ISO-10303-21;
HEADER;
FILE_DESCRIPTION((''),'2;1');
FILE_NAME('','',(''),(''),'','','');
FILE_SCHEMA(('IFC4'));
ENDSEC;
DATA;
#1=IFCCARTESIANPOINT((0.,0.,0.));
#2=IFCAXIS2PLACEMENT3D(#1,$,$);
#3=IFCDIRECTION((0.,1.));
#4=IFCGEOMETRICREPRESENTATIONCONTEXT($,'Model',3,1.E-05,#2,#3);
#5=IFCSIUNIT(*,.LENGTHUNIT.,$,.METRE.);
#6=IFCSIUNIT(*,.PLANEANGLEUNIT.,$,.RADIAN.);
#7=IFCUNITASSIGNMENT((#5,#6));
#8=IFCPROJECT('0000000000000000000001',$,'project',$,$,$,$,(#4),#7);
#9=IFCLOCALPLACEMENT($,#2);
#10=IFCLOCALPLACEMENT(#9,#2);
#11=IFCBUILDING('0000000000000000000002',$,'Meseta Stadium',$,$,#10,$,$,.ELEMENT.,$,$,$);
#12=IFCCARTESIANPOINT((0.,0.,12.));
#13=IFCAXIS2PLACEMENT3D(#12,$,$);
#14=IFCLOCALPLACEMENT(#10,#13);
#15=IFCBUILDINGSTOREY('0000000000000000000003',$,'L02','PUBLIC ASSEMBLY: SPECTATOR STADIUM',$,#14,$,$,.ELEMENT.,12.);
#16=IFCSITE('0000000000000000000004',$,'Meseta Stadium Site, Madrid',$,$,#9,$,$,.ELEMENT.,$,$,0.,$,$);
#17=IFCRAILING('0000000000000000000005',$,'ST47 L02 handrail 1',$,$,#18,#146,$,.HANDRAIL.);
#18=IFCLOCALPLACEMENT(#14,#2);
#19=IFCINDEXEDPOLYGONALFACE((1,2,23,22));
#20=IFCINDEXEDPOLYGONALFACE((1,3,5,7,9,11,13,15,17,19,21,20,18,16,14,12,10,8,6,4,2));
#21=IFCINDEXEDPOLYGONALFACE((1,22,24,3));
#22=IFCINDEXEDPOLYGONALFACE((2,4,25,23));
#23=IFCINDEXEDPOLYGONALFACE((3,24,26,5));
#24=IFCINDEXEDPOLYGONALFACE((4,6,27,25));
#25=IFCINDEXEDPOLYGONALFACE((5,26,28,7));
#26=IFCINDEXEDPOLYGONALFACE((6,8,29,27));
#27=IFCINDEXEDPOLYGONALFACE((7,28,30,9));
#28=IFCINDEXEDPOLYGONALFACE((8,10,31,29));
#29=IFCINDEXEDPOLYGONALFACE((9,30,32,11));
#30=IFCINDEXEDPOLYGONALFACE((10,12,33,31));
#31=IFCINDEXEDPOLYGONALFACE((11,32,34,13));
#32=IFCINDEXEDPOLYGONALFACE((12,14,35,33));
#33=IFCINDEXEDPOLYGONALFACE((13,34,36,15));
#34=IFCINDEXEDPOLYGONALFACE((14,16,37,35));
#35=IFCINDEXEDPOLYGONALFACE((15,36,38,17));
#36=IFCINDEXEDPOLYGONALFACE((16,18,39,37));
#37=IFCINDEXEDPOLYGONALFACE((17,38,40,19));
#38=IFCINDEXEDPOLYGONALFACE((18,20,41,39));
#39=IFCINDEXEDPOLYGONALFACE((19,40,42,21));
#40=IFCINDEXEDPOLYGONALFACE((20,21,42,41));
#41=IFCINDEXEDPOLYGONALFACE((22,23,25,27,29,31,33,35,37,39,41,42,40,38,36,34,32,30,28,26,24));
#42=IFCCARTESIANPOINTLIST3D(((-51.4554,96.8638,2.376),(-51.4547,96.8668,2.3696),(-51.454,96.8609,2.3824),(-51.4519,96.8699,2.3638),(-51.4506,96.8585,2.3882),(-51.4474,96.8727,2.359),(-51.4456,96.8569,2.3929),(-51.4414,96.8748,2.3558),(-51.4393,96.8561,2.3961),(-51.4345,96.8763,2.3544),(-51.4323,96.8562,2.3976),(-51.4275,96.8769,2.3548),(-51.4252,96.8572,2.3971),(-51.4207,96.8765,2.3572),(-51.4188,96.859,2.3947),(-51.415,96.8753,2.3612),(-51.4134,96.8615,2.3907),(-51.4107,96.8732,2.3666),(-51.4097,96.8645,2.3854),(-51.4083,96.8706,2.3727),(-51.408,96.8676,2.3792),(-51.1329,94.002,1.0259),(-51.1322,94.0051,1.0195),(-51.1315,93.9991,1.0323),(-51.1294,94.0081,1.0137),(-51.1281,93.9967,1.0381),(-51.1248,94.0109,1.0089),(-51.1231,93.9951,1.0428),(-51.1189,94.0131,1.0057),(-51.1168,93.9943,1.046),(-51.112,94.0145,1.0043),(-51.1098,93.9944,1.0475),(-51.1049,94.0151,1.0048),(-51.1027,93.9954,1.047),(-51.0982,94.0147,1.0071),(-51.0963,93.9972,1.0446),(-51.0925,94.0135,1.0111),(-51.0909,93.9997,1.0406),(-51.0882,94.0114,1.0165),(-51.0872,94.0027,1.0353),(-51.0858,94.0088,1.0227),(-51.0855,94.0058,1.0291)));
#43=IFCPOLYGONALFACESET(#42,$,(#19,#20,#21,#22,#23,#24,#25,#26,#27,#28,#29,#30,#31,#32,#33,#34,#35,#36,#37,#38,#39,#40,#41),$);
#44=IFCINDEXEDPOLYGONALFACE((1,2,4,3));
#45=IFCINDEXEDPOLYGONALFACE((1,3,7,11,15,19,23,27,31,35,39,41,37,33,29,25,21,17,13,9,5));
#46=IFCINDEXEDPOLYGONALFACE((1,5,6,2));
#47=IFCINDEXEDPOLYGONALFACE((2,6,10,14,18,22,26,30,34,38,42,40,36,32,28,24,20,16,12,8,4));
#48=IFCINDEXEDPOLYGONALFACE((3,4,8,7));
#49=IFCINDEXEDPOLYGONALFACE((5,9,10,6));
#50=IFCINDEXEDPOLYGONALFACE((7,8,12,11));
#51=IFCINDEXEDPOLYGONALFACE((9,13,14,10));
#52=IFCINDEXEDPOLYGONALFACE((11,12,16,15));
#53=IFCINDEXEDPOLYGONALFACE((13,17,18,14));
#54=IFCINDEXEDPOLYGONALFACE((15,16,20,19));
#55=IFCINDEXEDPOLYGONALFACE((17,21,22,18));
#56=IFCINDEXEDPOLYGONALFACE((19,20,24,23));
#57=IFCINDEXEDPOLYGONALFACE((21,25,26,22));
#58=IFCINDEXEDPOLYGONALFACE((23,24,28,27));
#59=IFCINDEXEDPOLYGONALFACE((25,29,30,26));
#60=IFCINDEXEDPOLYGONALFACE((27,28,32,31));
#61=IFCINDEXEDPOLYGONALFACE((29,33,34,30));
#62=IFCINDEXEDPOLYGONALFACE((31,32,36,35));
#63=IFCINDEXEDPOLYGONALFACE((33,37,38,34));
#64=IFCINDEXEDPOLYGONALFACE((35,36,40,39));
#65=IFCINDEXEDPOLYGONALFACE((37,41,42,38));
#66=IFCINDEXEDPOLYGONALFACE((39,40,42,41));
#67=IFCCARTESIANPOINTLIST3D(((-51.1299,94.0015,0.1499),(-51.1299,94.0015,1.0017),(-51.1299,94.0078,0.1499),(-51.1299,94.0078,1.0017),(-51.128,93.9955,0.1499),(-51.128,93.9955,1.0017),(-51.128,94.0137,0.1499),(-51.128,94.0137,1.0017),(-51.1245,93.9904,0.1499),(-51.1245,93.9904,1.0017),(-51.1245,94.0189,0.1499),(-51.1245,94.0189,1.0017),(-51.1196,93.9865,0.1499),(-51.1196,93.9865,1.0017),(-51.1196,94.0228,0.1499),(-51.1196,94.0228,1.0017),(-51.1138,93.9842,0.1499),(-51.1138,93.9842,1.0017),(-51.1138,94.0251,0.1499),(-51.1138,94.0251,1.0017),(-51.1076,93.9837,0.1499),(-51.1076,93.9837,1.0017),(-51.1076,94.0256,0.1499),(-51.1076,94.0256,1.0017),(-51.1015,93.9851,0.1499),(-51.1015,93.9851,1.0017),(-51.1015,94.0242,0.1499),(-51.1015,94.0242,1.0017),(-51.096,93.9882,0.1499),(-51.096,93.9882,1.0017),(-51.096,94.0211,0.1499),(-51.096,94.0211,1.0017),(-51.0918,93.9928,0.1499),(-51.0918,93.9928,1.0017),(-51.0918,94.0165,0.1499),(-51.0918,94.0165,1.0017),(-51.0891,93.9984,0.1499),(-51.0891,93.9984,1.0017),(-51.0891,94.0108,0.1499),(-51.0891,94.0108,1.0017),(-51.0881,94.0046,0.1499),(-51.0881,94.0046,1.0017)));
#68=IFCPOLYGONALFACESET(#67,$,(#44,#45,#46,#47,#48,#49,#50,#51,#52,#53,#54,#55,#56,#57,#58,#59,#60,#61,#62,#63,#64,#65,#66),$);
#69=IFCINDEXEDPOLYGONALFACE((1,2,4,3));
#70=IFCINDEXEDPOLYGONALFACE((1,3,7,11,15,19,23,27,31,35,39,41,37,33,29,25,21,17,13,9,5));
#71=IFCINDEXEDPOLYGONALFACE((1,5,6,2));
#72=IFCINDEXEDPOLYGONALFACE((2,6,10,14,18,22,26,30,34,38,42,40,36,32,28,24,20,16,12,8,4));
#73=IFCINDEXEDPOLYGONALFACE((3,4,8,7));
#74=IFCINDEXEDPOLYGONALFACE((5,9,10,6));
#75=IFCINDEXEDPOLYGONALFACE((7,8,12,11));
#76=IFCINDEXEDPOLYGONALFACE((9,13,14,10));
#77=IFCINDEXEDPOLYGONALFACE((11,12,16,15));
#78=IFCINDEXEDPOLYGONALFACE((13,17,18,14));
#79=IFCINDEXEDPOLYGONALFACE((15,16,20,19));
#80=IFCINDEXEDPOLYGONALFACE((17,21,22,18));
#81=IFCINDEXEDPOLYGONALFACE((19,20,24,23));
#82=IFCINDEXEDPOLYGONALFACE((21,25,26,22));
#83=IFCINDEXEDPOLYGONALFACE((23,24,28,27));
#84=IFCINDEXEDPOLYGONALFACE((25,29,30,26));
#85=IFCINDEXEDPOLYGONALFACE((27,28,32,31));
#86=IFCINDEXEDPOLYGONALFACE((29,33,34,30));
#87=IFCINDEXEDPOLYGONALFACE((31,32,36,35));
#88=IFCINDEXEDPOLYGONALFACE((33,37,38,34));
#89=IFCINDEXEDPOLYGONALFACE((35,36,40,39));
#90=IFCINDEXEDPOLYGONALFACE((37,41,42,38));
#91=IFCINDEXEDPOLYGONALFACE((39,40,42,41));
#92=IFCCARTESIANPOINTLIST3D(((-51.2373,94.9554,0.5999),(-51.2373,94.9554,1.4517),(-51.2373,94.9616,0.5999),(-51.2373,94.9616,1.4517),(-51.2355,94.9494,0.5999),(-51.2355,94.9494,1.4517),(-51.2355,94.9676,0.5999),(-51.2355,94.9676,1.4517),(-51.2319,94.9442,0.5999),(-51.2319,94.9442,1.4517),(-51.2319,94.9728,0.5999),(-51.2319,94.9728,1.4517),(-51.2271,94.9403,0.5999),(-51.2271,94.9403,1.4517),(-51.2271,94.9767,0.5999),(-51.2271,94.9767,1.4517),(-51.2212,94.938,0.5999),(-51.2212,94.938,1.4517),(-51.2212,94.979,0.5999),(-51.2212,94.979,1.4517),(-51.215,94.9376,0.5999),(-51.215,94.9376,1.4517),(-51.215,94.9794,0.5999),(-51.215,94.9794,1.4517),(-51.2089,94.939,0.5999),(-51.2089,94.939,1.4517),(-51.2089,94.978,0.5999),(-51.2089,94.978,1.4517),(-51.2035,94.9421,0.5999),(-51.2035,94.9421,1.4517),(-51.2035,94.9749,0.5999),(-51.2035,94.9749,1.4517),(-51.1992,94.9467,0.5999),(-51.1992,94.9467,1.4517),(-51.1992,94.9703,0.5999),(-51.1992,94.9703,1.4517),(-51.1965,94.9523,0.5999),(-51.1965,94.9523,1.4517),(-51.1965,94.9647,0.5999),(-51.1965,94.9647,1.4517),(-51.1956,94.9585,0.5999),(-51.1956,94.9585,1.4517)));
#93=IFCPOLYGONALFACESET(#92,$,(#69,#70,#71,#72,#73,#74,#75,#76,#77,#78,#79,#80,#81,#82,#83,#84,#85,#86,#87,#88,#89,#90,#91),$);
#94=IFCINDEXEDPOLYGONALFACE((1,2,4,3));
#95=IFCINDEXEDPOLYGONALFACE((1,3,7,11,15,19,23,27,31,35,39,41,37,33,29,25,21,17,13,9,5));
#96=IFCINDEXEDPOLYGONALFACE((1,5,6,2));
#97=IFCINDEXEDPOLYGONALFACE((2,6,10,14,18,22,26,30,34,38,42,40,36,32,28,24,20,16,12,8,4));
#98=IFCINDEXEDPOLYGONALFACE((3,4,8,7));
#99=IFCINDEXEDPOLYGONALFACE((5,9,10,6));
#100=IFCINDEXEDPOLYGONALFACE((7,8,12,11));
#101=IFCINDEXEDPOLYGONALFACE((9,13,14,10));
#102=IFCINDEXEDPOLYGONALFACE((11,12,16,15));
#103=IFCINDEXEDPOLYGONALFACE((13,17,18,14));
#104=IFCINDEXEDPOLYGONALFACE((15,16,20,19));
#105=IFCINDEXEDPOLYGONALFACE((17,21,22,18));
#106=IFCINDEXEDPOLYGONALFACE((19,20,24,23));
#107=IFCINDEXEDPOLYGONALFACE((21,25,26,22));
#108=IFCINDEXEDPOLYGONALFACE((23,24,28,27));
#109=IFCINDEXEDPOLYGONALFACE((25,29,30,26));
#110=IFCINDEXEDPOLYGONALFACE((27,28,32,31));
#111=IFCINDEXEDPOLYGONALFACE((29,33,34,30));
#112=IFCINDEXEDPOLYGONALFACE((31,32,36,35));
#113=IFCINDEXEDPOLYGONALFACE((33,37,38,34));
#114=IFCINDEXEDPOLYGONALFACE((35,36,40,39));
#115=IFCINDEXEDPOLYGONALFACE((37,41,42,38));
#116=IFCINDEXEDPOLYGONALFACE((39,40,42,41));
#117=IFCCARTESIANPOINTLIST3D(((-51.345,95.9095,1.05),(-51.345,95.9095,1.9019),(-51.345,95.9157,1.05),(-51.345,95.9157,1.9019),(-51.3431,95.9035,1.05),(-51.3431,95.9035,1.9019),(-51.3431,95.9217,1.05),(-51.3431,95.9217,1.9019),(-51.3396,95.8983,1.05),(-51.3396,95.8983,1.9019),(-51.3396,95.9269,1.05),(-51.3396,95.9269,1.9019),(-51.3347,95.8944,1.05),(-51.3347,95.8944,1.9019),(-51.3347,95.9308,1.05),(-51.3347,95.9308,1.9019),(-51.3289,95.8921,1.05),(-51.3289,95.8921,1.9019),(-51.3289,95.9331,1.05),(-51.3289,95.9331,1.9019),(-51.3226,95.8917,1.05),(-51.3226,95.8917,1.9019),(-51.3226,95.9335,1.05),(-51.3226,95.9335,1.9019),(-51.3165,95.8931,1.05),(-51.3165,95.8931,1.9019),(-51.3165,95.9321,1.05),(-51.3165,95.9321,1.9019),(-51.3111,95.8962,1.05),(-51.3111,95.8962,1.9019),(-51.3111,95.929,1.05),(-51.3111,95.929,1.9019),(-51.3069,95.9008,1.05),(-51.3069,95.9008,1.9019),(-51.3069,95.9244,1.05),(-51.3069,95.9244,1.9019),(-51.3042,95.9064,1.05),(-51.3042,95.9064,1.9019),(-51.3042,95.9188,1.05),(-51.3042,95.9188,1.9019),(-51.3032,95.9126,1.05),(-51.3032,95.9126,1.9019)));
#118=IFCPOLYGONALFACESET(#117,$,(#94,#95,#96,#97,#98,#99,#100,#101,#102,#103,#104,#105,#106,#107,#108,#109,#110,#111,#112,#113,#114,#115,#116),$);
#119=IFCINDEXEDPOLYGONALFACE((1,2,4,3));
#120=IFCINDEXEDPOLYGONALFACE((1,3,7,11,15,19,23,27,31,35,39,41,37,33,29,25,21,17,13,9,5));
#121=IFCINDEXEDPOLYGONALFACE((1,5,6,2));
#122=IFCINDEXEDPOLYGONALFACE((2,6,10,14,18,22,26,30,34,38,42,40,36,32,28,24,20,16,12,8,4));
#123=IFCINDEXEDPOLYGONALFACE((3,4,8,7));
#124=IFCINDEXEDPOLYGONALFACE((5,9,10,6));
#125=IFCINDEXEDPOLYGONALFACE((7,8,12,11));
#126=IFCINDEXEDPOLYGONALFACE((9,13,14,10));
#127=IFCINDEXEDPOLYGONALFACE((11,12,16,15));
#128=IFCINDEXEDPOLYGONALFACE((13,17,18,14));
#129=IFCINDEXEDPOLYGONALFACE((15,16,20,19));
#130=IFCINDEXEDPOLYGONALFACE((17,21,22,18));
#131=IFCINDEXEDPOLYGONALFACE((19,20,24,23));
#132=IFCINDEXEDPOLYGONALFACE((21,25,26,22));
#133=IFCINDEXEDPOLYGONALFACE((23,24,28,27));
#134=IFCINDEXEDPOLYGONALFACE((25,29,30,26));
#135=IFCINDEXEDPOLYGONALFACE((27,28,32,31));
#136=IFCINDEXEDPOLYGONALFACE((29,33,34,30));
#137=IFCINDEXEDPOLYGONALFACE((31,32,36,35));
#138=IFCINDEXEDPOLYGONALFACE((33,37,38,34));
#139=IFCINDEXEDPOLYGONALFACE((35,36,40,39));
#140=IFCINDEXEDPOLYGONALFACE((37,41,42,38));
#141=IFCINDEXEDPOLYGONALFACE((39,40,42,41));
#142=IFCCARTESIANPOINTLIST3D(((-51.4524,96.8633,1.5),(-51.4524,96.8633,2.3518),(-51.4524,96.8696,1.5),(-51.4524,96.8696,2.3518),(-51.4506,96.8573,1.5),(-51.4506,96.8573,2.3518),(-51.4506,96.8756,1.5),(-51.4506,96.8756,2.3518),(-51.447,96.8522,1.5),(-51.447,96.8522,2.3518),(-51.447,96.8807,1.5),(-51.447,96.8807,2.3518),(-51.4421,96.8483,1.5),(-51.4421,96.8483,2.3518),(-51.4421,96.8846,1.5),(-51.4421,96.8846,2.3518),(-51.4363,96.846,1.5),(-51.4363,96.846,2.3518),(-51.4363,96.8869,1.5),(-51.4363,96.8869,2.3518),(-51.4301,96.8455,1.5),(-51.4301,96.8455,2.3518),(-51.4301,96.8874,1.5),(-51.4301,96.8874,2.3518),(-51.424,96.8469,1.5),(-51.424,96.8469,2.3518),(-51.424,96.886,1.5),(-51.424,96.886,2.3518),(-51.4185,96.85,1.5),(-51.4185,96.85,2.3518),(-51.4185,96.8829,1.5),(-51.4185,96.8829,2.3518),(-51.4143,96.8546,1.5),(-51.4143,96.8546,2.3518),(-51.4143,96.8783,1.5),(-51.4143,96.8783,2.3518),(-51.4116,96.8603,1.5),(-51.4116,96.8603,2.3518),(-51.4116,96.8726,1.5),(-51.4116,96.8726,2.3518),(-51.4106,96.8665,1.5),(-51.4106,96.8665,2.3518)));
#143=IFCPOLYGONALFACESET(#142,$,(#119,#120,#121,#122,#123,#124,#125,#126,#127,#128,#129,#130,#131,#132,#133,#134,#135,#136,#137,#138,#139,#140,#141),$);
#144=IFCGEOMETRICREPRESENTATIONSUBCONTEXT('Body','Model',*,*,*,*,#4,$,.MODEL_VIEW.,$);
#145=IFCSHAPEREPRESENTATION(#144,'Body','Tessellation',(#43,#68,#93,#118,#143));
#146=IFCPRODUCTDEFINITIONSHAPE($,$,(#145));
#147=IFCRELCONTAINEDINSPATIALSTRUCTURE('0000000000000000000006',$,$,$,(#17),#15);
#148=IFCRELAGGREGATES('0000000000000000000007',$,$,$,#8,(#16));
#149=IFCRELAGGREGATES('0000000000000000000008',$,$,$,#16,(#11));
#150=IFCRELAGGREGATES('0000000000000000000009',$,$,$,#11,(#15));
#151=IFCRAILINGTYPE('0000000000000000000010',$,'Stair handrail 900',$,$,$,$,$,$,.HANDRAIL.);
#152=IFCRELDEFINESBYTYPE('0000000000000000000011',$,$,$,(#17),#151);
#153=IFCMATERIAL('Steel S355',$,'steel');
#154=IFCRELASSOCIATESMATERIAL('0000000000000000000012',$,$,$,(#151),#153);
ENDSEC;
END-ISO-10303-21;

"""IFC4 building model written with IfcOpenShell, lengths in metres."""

from ifc_helpers import new_model, si_unit, direction, frame, origin, origin_2d, place, context, subcontext, project, spatial, circle, extrude, material, type_object, element, save


model = new_model("IFC4")

# Units and contexts
model_context = context("Model", 3, precision=1e-05, world=origin(), true_north=direction((0.0, 1.0)))
body_context = subcontext(model_context, "Body", "Model", "MODEL_VIEW")
ifc_project = project(units=[si_unit("LENGTHUNIT", "METRE"), si_unit("PLANEANGLEUNIT", "RADIAN")], contexts=[model_context])

# Site, building, storey
site_placement = place(None, origin())
site = spatial("IfcSite", under=ifc_project, at=site_placement, Name="Meseta Stadium Site, Madrid", CompositionType="ELEMENT", RefElevation=0.0)
building_placement = place(site_placement, origin())
building = spatial("IfcBuilding", under=site, at=building_placement, Name="Meseta Stadium", CompositionType="ELEMENT")
storey_placement = place(building_placement, frame((0.0, 0.0, 12.0)))
storey = spatial("IfcBuildingStorey", under=building, at=storey_placement, Name="L02", Description="PUBLIC ASSEMBLY: SPECTATOR STADIUM", CompositionType="ELEMENT", Elevation=12.0)

# Railing
ifc_material_1 = material(Name="Steel S355", Category="steel")
railing_type_1 = type_object("IfcRailingType", Name="Stair handrail 900", PredefinedType="HANDRAIL", material=ifc_material_1)
for number, where, name in (
    (1, (-51.1091, 94.0046, 0.1499), "ST47 L02 handrail 1"),
):
    element("IfcRailing", number, at=place(storey_placement, frame(where)), inside=storey, type_object=railing_type_1, Name=name, PredefinedType="HANDRAIL", context=body_context, shape_type="SweptSolid", body=[
        extrude(circle(Radius=0.0239, at=origin_2d()), frame((0.0, 0.0, 0.876), z_axis=(-0.101396, 0.899748, 0.424467), x_axis=(-0.99371, -0.111985, 0.0)), (0.0, 0.0, 1.0), 3.1807),
        extrude(circle(Radius=0.021, at=origin_2d()), origin(), (0.0, 0.0, 1.0), 0.8518),
        extrude(circle(Radius=0.021, at=origin_2d()), frame((-0.1074, 0.9539, 0.45)), (0.0, 0.0, 1.0), 0.8518),
        extrude(circle(Radius=0.021, at=origin_2d()), frame((-0.2151, 1.908, 0.9001)), (0.0, 0.0, 1.0), 0.8518),
        extrude(circle(Radius=0.021, at=origin_2d()), frame((-0.3225, 2.8618, 1.3501)), (0.0, 0.0, 1.0), 0.8518),
    ])

save(model, "model.ifc")
